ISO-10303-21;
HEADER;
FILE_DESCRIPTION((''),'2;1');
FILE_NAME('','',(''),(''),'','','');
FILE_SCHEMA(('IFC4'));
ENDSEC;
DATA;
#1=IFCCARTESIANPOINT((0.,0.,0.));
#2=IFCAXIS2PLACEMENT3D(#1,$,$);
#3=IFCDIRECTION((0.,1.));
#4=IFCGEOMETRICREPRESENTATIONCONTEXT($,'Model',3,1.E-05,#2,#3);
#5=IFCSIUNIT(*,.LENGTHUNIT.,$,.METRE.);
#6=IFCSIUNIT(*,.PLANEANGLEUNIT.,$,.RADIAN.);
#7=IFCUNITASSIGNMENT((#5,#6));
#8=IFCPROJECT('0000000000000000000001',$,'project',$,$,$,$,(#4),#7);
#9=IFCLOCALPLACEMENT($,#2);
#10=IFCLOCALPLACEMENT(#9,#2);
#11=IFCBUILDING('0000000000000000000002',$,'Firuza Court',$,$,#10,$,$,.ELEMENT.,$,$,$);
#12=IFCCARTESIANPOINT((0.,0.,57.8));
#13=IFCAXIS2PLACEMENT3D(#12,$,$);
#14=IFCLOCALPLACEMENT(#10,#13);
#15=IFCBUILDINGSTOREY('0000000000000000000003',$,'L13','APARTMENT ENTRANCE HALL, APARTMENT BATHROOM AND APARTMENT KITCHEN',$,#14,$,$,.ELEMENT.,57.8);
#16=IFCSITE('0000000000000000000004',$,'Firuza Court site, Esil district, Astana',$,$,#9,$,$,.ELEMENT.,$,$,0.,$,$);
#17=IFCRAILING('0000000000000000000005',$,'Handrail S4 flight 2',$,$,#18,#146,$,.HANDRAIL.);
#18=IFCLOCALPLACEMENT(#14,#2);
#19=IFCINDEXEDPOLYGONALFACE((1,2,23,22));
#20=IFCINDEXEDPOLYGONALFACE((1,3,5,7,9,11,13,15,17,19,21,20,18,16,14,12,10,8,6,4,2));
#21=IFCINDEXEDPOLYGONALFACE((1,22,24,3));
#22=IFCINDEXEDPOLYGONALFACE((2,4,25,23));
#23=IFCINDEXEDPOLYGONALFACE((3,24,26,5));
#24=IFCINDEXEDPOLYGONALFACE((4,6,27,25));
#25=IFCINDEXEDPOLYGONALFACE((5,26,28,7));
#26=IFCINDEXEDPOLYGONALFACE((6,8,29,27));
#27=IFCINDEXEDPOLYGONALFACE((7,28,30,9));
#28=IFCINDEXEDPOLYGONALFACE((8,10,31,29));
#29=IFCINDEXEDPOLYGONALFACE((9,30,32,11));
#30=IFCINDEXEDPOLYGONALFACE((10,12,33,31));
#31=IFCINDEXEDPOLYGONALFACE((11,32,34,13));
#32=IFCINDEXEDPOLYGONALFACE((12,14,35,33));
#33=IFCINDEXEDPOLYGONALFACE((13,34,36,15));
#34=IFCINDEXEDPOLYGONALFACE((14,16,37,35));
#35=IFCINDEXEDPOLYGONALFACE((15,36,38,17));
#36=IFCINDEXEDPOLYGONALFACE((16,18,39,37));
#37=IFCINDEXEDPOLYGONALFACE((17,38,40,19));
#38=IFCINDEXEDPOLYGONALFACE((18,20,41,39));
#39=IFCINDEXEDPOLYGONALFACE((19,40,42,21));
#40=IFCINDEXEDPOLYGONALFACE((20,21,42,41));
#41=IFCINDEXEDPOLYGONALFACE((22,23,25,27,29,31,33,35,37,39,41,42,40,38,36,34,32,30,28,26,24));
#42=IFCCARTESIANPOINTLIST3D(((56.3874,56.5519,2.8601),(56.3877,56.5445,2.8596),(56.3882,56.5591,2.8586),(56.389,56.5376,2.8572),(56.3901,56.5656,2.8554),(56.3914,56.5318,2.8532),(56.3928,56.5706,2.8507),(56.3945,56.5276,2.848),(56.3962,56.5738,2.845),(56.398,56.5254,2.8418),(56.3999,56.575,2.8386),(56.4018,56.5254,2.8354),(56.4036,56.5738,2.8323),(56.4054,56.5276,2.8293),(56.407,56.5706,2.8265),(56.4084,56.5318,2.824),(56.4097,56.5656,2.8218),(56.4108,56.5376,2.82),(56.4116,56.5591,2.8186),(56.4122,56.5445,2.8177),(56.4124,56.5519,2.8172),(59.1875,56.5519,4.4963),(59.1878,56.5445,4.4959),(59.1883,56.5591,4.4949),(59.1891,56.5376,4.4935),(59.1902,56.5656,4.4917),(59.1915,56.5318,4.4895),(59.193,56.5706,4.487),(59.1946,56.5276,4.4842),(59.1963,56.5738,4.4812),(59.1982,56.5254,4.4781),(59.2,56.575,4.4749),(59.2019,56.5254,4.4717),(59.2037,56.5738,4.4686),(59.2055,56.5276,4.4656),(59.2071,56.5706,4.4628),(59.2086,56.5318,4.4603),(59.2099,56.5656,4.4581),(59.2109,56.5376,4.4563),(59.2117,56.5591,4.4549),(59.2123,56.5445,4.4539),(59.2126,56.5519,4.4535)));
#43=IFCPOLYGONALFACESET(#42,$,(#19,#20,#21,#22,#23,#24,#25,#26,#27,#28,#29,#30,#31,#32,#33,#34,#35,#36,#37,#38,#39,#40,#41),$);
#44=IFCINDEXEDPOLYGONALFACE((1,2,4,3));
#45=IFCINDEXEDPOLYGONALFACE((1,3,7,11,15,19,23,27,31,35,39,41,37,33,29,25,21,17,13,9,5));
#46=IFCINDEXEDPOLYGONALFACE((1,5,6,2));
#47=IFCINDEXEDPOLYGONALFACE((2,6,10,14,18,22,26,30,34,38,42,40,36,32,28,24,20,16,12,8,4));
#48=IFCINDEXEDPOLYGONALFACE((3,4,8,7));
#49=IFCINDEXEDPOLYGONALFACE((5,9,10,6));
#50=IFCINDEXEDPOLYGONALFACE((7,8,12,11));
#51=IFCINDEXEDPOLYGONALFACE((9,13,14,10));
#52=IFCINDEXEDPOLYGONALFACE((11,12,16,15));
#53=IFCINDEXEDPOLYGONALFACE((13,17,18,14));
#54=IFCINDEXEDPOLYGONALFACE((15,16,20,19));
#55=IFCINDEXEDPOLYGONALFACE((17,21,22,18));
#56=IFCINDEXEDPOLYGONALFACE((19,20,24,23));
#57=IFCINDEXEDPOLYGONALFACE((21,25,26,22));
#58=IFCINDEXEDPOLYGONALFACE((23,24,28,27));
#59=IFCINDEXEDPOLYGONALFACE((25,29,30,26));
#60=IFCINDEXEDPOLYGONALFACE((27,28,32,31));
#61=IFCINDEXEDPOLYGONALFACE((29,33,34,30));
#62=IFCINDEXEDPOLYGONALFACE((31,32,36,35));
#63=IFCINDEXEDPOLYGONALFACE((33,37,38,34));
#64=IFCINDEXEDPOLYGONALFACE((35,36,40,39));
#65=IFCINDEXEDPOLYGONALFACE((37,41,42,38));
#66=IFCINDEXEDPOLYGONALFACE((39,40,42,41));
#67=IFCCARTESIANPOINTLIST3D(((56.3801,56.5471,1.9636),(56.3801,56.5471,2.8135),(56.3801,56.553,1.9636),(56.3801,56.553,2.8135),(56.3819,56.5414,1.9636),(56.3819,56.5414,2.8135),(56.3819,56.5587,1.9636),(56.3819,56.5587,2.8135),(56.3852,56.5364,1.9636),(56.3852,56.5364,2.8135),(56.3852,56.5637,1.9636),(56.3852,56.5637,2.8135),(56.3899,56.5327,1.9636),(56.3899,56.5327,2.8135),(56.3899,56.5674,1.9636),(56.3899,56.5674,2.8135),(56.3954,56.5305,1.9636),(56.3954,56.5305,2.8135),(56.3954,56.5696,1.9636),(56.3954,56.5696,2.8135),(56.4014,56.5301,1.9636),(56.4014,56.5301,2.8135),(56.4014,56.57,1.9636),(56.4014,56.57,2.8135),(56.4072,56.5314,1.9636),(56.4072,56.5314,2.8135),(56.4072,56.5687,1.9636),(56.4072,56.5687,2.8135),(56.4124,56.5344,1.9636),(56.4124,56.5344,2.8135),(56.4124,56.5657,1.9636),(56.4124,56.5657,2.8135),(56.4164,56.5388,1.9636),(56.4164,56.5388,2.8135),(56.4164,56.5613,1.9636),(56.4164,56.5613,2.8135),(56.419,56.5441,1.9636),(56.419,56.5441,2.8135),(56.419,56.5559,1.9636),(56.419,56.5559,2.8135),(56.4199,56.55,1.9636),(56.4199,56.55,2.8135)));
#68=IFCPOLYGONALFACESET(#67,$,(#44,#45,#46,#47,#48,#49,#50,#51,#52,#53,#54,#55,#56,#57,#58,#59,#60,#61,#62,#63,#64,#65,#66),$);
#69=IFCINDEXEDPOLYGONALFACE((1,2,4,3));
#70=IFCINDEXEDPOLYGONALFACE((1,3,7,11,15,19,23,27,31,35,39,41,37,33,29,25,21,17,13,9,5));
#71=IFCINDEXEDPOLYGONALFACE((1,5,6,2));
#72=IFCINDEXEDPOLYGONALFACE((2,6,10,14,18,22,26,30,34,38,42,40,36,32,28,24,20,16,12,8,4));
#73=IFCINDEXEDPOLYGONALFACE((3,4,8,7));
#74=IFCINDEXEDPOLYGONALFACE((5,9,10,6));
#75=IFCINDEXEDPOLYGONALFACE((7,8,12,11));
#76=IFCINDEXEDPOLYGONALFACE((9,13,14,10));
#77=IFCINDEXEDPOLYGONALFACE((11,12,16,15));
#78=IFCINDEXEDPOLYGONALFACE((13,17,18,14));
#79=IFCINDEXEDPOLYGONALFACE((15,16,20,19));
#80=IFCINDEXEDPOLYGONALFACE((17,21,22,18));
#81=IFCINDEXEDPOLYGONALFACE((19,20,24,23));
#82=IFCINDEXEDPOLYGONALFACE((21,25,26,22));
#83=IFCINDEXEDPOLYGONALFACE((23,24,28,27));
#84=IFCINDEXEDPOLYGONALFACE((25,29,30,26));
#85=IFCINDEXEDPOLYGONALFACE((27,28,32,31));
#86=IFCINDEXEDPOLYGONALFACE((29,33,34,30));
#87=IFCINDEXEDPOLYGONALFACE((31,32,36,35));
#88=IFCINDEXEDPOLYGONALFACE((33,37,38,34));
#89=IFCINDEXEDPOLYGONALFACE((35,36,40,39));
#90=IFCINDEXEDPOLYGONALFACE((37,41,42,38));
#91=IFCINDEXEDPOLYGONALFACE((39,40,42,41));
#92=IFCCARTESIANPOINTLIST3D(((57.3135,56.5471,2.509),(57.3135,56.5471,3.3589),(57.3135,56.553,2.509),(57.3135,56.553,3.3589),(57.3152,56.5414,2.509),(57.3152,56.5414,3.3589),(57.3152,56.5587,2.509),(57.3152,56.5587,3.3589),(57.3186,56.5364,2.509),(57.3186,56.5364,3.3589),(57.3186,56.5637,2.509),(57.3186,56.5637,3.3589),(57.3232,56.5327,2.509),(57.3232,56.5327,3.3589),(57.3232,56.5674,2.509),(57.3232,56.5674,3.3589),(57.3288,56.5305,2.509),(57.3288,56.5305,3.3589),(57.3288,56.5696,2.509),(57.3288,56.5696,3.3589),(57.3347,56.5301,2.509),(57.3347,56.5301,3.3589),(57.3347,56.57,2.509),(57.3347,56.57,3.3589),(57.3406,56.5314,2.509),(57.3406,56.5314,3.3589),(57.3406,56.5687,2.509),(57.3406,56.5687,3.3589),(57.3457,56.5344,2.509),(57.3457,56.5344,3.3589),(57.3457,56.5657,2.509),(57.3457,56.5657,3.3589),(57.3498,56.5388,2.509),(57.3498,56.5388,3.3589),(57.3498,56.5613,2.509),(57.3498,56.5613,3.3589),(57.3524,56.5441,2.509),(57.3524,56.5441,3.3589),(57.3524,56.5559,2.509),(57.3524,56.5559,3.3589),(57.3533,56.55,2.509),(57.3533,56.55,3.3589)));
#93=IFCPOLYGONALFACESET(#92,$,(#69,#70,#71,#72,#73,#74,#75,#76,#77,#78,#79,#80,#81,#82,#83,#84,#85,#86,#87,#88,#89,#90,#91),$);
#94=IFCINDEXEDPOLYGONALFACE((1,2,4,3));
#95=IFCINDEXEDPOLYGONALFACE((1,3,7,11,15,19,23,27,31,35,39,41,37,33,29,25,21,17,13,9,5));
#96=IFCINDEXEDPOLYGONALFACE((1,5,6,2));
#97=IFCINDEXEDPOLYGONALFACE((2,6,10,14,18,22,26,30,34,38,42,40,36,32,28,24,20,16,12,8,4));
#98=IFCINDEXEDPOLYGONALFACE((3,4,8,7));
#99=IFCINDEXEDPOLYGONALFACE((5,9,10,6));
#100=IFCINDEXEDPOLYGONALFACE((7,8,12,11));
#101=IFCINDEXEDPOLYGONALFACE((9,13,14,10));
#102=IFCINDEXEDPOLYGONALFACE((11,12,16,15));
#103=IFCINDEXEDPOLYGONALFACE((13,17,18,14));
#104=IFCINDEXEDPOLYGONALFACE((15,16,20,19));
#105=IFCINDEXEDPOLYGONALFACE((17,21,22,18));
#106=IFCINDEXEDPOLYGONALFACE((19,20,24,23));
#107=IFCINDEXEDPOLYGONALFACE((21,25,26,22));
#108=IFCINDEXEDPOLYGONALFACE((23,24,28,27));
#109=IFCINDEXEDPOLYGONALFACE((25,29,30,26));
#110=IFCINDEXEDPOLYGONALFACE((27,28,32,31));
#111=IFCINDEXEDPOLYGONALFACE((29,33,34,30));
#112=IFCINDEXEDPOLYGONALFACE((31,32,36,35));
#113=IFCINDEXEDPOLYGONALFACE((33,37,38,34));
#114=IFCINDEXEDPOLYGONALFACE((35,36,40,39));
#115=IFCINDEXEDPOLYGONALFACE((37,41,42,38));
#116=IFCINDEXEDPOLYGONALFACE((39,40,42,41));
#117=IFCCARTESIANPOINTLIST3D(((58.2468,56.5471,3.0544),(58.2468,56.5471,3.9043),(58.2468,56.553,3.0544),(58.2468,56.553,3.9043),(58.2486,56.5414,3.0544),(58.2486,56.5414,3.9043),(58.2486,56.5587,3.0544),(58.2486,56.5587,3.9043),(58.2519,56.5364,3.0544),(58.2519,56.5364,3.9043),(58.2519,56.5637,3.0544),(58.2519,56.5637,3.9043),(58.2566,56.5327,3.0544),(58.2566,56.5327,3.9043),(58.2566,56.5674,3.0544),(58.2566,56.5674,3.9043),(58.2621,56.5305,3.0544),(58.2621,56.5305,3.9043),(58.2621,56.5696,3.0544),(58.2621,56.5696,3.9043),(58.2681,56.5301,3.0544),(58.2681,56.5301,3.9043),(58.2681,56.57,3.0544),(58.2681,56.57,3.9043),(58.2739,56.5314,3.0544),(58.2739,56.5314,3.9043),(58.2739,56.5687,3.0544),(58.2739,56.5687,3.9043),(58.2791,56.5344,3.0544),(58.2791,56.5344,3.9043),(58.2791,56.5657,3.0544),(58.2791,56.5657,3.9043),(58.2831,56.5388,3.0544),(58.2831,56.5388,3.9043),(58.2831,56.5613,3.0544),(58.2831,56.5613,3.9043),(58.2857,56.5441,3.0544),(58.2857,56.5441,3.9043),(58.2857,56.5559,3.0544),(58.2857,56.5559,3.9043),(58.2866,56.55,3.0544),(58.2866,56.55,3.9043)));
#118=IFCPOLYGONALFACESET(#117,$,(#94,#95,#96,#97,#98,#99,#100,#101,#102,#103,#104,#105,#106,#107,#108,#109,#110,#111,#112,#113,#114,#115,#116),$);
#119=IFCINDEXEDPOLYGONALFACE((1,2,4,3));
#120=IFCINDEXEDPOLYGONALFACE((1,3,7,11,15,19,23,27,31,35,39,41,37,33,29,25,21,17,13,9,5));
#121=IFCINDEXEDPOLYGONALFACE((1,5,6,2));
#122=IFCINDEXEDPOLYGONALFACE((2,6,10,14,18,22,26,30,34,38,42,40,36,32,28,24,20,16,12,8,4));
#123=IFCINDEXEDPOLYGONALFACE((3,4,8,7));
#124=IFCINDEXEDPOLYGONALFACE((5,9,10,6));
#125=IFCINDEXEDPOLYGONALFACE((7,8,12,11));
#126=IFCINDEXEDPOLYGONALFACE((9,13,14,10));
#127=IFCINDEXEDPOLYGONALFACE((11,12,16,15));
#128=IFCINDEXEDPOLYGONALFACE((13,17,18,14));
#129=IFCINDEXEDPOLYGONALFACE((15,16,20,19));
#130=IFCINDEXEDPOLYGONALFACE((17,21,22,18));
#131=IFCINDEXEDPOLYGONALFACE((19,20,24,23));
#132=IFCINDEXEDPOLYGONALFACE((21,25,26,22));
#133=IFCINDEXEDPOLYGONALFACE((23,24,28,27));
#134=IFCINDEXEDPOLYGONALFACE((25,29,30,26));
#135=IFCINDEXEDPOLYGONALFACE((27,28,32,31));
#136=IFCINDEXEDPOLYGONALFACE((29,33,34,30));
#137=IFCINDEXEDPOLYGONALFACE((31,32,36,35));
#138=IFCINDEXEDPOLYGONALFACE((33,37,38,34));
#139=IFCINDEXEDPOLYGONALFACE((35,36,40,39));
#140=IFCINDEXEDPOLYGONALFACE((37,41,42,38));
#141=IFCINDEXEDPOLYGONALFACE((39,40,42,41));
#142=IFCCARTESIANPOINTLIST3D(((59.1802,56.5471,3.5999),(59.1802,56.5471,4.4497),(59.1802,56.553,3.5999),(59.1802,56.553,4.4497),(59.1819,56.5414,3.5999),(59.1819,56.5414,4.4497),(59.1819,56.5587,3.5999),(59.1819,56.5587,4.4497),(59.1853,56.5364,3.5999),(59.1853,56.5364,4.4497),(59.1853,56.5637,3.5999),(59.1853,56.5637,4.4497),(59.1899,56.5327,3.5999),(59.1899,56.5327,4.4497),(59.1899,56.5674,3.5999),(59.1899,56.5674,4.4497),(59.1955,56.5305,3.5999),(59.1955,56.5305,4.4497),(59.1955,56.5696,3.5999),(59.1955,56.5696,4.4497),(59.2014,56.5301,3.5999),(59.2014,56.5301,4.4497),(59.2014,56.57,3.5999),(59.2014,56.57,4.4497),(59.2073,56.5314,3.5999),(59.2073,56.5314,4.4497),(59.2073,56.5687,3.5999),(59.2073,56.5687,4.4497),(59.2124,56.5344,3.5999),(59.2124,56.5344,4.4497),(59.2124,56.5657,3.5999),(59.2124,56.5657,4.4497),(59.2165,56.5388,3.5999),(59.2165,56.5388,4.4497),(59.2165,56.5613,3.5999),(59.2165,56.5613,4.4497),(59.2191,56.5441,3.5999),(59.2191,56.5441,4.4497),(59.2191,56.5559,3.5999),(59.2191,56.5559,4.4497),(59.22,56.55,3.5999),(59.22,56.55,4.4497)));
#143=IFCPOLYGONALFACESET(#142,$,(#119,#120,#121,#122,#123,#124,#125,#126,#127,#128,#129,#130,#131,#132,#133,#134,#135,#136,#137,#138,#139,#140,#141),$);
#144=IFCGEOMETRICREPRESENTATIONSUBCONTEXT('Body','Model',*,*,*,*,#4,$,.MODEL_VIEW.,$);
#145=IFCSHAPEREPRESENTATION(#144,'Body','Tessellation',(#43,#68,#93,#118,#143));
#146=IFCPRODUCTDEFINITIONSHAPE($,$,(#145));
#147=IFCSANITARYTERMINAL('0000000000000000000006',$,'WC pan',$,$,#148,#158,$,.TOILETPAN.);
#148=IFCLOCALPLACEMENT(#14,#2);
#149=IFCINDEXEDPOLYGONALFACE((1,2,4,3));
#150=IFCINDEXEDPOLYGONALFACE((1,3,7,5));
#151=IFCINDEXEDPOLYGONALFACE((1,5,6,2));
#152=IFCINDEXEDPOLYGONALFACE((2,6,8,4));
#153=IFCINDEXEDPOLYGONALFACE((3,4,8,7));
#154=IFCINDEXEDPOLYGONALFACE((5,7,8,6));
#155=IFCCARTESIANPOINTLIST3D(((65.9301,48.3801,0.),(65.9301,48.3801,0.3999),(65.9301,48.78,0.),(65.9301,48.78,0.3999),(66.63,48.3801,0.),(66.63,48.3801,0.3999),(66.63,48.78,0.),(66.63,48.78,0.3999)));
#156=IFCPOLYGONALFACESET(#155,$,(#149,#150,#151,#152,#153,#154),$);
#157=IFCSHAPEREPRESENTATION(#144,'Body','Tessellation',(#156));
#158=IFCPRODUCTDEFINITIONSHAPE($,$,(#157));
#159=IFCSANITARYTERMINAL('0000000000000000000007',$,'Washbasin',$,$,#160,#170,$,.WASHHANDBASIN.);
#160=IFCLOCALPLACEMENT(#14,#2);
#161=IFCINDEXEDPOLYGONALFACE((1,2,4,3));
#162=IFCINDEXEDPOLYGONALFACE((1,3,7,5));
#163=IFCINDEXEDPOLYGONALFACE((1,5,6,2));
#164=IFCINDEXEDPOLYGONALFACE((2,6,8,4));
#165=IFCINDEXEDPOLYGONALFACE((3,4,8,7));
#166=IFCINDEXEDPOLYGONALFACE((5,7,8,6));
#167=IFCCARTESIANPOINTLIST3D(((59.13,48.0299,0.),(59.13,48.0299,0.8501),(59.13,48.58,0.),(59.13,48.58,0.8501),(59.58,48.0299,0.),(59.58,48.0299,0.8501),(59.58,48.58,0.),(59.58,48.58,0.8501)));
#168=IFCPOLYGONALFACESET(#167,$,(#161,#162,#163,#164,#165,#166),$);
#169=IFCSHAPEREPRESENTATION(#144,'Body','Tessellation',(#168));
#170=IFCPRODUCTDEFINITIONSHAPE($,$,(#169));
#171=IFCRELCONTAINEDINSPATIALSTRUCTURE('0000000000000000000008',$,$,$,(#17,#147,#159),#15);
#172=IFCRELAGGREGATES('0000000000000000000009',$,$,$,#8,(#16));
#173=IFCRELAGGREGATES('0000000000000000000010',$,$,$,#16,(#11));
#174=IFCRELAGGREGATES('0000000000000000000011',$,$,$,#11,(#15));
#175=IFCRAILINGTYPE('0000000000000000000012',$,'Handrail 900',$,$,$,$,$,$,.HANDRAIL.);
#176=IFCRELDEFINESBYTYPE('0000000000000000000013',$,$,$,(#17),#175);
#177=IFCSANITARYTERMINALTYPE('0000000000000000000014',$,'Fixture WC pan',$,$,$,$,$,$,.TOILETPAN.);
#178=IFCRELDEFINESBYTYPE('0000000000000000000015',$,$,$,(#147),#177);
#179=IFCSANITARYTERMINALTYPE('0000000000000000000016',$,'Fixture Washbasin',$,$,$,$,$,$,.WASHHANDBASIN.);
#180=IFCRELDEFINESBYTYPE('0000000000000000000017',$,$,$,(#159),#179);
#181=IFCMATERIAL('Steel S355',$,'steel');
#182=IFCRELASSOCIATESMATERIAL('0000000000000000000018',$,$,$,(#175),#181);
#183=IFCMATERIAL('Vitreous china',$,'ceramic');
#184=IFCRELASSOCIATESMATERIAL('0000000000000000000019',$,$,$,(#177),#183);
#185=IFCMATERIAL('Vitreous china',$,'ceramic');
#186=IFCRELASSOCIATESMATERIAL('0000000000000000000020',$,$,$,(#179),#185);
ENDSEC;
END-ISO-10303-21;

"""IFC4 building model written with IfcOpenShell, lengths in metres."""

from ifc_helpers import new_model, si_unit, direction, frame, origin, origin_2d, place, context, subcontext, project, spatial, rectangle, circle, extrude, material, type_object, element, save


model = new_model("IFC4")

# Units and contexts
model_context = context("Model", 3, precision=1e-05, world=origin(), true_north=direction((0.0, 1.0)))
body_context = subcontext(model_context, "Body", "Model", "MODEL_VIEW")
ifc_project = project(units=[si_unit("LENGTHUNIT", "METRE"), si_unit("PLANEANGLEUNIT", "RADIAN")], contexts=[model_context])

# Site, building, storey
site_placement = place(None, origin())
site = spatial("IfcSite", under=ifc_project, at=site_placement, Name="Firuza Court site, Esil district, Astana", CompositionType="ELEMENT", RefElevation=0.0)
building_placement = place(site_placement, origin())
building = spatial("IfcBuilding", under=site, at=building_placement, Name="Firuza Court", CompositionType="ELEMENT")
storey_placement = place(building_placement, frame((0.0, 0.0, 57.8)))
storey = spatial("IfcBuildingStorey", under=building, at=storey_placement, Name="L13", Description="APARTMENT ENTRANCE HALL, APARTMENT BATHROOM AND APARTMENT KITCHEN", CompositionType="ELEMENT", Elevation=57.8)

# Railing
ifc_material_1 = material(Name="Steel S355", Category="steel")
railing_type_1 = type_object("IfcRailingType", Name="Handrail 900", PredefinedType="HANDRAIL", material=ifc_material_1)
railing_1_placement = place(storey_placement, frame((56.3999, 56.55, 1.9636)))
element("IfcRailing", 1, at=railing_1_placement, inside=storey, type_object=railing_type_1, Name="Handrail S4 flight 2", PredefinedType="HANDRAIL", context=body_context, shape_type="SweptSolid", body=[
    extrude(circle(Radius=0.0249, at=origin_2d()), frame((0.0, 0.0, 0.875), z_axis=(0.863394, 0.0, 0.504531), x_axis=(0.0, 1.0, 0.0)), (0.0, 0.0, 1.0), 3.2432),
    extrude(circle(Radius=0.02, at=origin_2d()), origin(), (0.0, 0.0, 1.0), 0.8499),
    extrude(circle(Radius=0.02, at=origin_2d()), frame((0.9333, 0.0, 0.5454)), (0.0, 0.0, 1.0), 0.8499),
    extrude(circle(Radius=0.02, at=origin_2d()), frame((1.8667, 0.0, 1.0908)), (0.0, 0.0, 1.0), 0.8499),
    extrude(circle(Radius=0.02, at=origin_2d()), frame((2.8, 0.0, 1.6362)), (0.0, 0.0, 1.0), 0.8499),
])

# Sanitary terminals
ifc_material_2 = material(Name="Vitreous china", Category="ceramic")
sanitary_terminal_type_1 = type_object("IfcSanitaryTerminalType", Name="Fixture WC pan", PredefinedType="TOILETPAN", material=ifc_material_2)
sanitary_terminal_1_placement = place(storey_placement, frame((66.28, 48.5801, 0.0), z_axis=(0.0, 0.0, 1.0), x_axis=(1.0, 0.0, 0.0)))
element("IfcSanitaryTerminal", 2, at=sanitary_terminal_1_placement, inside=storey, type_object=sanitary_terminal_type_1, Name="WC pan", PredefinedType="TOILETPAN", context=body_context, shape_type="SweptSolid", body=[
    extrude(rectangle(XDim=0.7, YDim=0.3999, at=origin_2d()), origin(), (0.0, 0.0, 1.0), 0.3999),
])
ifc_material_3 = material(Name="Vitreous china", Category="ceramic")
sanitary_terminal_type_2 = type_object("IfcSanitaryTerminalType", Name="Fixture Washbasin", PredefinedType="WASHHANDBASIN", material=ifc_material_3)
sanitary_terminal_2_placement = place(storey_placement, frame((59.355, 48.3049, 0.0), z_axis=(0.0, 0.0, 1.0), x_axis=(1.0, 0.0, 0.0)))
element("IfcSanitaryTerminal", 3, at=sanitary_terminal_2_placement, inside=storey, type_object=sanitary_terminal_type_2, Name="Washbasin", PredefinedType="WASHHANDBASIN", context=body_context, shape_type="SweptSolid", body=[
    extrude(rectangle(XDim=0.45, YDim=0.55, at=origin_2d()), origin(), (0.0, 0.0, 1.0), 0.8501),
])

save(model, "model.ifc")
